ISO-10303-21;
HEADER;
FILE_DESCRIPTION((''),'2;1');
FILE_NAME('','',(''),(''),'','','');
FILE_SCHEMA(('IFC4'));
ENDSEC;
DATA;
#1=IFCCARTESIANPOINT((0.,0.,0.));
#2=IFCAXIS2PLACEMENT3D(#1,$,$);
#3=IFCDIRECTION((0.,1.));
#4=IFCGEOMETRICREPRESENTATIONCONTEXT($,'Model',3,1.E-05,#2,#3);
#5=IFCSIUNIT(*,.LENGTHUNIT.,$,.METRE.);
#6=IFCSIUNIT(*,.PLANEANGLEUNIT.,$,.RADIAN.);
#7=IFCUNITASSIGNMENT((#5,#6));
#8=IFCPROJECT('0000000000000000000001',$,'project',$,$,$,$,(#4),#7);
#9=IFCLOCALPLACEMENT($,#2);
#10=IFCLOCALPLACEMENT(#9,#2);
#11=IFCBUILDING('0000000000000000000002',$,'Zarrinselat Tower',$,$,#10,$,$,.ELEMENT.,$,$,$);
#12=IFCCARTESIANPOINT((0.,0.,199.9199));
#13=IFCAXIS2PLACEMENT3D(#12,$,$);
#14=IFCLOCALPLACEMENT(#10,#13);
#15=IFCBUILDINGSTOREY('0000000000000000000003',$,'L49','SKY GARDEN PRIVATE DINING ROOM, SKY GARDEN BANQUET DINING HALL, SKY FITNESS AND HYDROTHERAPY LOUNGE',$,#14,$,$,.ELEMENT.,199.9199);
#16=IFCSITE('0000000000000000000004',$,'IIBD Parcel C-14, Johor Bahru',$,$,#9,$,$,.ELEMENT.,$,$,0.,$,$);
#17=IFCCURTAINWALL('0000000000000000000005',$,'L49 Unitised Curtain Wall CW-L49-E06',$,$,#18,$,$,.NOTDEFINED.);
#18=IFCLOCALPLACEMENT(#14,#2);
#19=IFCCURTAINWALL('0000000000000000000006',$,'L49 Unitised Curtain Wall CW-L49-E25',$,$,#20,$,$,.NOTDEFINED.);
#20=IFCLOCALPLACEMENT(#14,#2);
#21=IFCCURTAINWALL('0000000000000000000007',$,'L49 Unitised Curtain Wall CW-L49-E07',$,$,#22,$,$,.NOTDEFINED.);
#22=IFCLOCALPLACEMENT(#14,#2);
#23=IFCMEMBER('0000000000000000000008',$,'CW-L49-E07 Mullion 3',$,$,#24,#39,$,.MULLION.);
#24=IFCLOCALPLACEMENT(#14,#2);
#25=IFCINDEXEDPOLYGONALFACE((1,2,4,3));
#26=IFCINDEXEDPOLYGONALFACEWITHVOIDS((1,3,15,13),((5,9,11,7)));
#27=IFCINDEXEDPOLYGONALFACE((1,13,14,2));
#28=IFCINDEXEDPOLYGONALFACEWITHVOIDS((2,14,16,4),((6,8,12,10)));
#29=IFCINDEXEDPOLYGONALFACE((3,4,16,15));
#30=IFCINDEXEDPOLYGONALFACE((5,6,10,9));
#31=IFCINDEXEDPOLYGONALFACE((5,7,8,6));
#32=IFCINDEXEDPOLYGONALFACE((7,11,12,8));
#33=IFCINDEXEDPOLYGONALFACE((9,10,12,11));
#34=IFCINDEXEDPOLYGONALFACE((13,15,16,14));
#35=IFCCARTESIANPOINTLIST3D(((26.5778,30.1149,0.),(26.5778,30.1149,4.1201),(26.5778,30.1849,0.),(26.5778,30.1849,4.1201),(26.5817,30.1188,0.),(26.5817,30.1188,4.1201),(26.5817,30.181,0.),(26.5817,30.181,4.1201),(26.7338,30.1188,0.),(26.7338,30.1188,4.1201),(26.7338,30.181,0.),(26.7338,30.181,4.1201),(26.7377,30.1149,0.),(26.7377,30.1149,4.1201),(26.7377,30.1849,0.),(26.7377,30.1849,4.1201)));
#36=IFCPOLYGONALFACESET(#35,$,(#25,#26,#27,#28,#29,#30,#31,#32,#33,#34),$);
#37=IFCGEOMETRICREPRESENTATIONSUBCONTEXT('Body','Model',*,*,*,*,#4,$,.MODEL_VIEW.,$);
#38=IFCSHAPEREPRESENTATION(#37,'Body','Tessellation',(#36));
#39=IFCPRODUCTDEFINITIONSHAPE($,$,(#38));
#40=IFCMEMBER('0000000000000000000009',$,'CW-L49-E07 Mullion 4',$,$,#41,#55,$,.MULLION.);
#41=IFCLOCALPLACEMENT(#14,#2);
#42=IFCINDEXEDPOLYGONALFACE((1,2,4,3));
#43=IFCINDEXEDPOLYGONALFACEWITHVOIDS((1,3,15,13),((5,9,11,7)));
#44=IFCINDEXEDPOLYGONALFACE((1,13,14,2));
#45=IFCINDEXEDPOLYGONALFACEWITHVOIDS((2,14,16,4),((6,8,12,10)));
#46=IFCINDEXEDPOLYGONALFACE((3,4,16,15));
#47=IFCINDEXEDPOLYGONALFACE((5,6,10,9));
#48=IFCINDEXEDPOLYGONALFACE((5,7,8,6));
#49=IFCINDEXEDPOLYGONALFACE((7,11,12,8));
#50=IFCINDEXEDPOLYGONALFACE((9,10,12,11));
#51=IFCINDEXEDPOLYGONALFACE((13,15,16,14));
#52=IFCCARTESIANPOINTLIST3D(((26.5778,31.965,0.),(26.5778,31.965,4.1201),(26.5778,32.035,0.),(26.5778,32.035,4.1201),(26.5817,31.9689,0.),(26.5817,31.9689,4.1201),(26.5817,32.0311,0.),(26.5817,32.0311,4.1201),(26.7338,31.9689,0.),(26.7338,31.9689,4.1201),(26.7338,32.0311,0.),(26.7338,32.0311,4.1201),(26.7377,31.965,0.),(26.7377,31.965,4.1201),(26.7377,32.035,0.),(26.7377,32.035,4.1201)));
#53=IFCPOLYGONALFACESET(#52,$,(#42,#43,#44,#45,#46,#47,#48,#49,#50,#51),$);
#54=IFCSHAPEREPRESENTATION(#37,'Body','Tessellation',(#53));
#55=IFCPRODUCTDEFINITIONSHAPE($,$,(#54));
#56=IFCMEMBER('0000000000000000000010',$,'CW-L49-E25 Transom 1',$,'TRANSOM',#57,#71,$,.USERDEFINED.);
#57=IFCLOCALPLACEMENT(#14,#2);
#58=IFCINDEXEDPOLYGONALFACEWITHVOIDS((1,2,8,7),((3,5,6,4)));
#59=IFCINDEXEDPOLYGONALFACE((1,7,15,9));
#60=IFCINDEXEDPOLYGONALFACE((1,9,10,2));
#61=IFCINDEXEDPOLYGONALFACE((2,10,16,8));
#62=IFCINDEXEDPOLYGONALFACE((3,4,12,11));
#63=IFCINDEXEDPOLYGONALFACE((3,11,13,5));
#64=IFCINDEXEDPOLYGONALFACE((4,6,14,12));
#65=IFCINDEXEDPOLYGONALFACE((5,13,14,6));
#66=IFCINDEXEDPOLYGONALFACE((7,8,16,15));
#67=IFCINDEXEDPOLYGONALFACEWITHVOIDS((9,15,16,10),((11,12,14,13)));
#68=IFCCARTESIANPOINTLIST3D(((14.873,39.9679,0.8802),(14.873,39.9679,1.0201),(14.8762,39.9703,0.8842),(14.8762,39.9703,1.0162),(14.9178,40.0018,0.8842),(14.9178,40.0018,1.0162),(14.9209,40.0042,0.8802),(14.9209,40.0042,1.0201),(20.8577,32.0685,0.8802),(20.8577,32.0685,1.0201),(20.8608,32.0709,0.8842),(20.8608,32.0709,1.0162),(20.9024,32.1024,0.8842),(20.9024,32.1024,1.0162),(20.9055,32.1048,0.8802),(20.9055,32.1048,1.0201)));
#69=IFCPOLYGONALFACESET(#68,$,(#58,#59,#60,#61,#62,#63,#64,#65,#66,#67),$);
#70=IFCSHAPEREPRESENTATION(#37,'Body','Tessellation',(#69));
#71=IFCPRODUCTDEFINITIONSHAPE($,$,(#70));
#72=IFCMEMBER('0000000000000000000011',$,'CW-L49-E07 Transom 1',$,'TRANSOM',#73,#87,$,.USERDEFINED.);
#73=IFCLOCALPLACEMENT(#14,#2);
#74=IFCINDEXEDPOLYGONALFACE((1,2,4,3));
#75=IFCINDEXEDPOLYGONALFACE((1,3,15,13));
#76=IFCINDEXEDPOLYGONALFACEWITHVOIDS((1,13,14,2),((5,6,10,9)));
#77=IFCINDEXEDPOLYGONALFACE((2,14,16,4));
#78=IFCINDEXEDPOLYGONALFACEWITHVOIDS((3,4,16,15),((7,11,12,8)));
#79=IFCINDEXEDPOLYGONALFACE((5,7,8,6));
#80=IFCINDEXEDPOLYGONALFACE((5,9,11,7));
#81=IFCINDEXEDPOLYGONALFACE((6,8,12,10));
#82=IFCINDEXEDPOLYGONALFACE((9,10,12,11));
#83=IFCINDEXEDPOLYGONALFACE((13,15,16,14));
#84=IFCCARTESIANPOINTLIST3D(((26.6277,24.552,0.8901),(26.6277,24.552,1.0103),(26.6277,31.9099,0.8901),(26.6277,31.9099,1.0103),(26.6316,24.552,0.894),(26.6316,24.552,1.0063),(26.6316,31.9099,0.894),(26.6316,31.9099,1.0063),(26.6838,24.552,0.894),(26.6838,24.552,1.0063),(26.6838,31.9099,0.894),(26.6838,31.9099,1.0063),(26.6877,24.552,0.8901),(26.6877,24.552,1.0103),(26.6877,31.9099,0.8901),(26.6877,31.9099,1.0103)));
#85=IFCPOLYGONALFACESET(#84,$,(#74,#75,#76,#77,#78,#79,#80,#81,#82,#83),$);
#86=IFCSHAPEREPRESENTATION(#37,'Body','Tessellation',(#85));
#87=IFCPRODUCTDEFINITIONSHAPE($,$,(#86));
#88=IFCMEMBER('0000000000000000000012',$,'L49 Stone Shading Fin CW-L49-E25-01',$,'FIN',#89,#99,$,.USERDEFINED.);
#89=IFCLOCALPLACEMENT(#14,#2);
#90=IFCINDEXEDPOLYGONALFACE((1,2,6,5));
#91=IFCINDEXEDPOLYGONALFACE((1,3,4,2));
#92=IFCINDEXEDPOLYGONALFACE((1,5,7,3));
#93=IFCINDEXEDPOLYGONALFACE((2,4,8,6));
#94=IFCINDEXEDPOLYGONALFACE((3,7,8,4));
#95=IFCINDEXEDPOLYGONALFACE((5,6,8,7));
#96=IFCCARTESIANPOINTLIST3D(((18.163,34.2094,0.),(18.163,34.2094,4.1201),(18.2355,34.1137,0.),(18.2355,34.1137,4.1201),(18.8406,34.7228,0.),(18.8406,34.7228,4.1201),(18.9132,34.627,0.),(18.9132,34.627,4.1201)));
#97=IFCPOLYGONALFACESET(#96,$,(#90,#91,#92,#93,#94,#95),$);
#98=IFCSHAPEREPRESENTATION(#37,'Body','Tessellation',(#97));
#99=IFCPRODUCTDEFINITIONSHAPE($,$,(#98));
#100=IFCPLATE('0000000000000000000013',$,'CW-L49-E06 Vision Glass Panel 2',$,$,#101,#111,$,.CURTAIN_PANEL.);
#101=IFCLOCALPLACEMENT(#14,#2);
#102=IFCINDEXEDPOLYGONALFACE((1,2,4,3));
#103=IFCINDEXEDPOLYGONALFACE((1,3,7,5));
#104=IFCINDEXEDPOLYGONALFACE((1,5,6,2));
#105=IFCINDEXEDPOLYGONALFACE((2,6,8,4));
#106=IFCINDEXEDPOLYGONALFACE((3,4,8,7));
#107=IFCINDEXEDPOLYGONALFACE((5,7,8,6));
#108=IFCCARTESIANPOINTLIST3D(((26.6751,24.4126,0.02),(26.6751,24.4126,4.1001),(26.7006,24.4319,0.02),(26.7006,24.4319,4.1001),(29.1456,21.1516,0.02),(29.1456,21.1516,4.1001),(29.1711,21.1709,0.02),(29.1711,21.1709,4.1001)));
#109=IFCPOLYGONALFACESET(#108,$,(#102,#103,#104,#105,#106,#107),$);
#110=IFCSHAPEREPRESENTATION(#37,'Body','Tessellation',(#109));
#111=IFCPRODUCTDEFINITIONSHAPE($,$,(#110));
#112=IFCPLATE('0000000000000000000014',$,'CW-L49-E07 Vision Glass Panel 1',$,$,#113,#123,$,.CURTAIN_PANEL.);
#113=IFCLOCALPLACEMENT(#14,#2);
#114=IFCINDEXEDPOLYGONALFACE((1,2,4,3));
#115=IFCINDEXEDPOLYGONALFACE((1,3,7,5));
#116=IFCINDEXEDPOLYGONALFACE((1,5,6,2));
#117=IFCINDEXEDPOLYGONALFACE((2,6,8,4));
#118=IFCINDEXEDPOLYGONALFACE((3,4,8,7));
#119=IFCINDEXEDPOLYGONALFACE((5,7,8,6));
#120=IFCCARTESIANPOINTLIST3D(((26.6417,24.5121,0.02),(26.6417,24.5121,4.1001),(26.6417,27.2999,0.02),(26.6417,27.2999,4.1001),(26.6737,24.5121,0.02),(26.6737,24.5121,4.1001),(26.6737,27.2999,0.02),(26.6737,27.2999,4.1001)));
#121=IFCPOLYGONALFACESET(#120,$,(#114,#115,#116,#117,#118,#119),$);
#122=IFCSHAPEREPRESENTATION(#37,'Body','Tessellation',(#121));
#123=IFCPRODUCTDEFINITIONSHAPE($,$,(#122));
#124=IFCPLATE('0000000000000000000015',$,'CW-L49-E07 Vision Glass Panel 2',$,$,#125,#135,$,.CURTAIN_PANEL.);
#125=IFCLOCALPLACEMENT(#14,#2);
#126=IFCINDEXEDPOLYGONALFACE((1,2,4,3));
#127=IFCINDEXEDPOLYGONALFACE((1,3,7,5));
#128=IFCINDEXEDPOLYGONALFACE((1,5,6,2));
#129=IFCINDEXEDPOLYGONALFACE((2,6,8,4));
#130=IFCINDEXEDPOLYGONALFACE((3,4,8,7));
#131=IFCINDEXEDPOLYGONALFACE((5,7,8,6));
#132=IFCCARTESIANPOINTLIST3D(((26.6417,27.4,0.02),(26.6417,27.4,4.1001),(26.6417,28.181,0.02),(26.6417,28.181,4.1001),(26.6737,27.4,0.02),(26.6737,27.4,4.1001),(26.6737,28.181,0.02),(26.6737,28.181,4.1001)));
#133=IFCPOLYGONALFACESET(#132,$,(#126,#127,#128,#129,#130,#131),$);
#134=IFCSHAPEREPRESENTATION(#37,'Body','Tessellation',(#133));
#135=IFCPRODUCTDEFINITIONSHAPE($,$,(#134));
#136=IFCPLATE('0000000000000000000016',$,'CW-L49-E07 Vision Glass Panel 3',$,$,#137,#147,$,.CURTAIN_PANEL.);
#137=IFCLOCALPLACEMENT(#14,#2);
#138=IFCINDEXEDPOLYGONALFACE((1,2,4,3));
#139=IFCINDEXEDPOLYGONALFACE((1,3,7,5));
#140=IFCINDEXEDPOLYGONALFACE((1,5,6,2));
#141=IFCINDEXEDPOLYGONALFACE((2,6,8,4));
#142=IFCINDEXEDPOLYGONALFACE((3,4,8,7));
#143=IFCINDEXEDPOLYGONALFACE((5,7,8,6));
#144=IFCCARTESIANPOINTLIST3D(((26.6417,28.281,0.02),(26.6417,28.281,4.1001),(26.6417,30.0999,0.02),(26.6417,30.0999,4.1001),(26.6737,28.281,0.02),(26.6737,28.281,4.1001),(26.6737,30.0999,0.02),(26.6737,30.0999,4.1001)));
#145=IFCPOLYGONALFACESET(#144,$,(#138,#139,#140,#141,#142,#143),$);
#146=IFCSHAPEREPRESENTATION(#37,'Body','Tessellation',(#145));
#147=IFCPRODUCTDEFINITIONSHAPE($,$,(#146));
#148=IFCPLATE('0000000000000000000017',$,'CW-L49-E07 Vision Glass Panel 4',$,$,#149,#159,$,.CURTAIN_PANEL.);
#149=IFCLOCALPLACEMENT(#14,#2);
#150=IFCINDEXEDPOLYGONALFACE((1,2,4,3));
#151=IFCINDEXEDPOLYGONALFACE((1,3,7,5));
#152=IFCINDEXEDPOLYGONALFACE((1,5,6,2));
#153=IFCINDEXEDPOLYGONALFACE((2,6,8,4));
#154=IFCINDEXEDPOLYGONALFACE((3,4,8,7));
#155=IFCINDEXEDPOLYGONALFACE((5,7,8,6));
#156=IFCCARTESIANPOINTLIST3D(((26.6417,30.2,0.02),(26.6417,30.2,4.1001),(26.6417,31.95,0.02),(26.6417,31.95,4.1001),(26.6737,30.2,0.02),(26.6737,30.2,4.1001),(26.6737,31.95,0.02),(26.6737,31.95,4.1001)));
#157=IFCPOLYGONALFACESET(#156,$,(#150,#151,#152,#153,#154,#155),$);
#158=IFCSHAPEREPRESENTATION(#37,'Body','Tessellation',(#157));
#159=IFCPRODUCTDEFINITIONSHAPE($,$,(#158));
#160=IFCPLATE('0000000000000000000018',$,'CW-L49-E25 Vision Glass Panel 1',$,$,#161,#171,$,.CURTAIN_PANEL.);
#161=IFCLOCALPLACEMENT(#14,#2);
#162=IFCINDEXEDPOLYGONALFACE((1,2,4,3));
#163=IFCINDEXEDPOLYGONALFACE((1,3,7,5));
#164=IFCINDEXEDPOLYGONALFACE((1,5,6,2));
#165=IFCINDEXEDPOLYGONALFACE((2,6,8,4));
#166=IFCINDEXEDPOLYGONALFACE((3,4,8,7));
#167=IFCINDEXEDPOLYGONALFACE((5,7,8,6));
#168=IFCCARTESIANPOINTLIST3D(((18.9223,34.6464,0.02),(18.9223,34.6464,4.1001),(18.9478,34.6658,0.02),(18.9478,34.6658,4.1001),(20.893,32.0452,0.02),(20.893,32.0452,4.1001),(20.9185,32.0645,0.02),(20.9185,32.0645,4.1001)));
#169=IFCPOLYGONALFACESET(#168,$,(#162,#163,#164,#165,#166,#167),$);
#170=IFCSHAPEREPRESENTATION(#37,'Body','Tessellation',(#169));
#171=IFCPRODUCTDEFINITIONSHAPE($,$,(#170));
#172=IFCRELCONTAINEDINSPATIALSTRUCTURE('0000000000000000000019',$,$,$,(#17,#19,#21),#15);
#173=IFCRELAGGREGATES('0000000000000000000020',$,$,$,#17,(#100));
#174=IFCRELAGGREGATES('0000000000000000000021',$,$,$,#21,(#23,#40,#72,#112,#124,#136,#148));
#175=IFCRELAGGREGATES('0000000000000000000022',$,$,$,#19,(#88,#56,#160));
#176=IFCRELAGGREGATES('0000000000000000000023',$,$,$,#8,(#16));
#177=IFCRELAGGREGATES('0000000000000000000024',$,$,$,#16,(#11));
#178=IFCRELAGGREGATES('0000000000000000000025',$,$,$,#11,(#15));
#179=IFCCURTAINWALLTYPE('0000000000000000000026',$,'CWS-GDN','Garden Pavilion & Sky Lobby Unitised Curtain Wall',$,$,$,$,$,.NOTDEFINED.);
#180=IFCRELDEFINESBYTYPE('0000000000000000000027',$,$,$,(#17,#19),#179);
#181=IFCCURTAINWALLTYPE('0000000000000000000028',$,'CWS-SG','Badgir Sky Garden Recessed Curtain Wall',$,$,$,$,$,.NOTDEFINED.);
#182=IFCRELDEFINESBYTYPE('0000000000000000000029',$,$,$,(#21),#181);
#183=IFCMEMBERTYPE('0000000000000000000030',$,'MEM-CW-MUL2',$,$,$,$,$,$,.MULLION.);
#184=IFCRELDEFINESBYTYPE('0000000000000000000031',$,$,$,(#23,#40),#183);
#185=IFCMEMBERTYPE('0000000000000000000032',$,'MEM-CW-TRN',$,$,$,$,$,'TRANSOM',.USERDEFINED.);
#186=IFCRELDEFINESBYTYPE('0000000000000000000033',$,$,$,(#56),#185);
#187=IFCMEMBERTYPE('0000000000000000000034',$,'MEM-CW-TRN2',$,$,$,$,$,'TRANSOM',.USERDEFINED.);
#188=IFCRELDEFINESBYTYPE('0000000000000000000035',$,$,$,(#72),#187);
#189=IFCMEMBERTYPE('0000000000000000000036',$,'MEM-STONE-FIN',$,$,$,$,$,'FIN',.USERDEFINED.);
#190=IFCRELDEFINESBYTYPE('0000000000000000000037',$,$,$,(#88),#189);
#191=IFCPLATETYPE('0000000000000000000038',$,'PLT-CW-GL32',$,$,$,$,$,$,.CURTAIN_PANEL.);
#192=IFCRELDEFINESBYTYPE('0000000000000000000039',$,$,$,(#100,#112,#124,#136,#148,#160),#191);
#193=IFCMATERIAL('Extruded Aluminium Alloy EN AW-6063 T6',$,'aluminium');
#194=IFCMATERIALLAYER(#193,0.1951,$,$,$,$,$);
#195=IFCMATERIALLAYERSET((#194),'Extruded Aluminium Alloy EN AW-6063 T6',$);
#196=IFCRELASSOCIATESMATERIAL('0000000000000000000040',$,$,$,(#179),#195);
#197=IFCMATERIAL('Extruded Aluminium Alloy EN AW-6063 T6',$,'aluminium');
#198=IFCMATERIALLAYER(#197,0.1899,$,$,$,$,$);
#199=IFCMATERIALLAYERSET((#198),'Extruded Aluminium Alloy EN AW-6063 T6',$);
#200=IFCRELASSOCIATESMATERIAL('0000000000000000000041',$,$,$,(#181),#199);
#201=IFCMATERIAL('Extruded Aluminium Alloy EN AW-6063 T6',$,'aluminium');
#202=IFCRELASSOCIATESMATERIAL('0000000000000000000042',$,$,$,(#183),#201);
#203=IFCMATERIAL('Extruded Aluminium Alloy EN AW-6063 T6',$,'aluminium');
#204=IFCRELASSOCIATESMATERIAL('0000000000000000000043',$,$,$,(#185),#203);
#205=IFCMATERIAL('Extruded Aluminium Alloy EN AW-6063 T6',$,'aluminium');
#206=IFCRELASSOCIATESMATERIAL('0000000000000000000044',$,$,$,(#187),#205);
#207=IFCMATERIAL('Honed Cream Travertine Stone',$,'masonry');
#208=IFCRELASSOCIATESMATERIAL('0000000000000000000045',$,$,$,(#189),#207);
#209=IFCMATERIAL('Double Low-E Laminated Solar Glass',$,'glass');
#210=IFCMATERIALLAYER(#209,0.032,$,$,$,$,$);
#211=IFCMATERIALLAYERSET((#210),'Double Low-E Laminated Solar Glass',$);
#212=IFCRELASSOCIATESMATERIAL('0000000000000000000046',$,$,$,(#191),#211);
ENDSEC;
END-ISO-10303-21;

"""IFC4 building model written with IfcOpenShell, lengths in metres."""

from ifc_helpers import new_model, si_unit, direction, frame, origin, origin_2d, place, context, subcontext, project, spatial, rectangle, hollow_rectangle, extrude, material, layer, layer_set, material_profile, profile_set, type_object, element, aggregate, save


model = new_model("IFC4")

# Units and contexts
model_context = context("Model", 3, precision=1e-05, world=origin(), true_north=direction((0.0, 1.0)))
body_context = subcontext(model_context, "Body", "Model", "MODEL_VIEW")
ifc_project = project(units=[si_unit("LENGTHUNIT", "METRE"), si_unit("PLANEANGLEUNIT", "RADIAN")], contexts=[model_context])

# Site, building, storey
site_placement = place(None, origin())
site = spatial("IfcSite", under=ifc_project, at=site_placement, Name="IIBD Parcel C-14, Johor Bahru", CompositionType="ELEMENT", RefElevation=0.0)
building_placement = place(site_placement, origin())
building = spatial("IfcBuilding", under=site, at=building_placement, Name="Zarrinselat Tower", CompositionType="ELEMENT")
storey_placement = place(building_placement, frame((0.0, 0.0, 199.9199)))
storey = spatial("IfcBuildingStorey", under=building, at=storey_placement, Name="L49", Description="SKY GARDEN PRIVATE DINING ROOM, SKY GARDEN BANQUET DINING HALL, SKY FITNESS AND HYDROTHERAPY LOUNGE", CompositionType="ELEMENT", Elevation=199.9199)

# Curtain walls
ifc_material_1 = material(Name="Extruded Aluminium Alloy EN AW-6063 T6", Category="aluminium")
ifc_layer_1 = layer(ifc_material_1, 0.1951)
ifc_layer_set_1 = layer_set([ifc_layer_1], Name="Extruded Aluminium Alloy EN AW-6063 T6")
curtain_wall_type_1 = type_object("IfcCurtainWallType", Name="CWS-GDN", Description="Garden Pavilion & Sky Lobby Unitised Curtain Wall", PredefinedType="NOTDEFINED", material=ifc_layer_set_1)
curtain_wall_1_placement = place(storey_placement, origin())
curtain_wall_1 = element("IfcCurtainWall", 1, at=curtain_wall_1_placement, inside=storey, type_object=curtain_wall_type_1, Name="L49 Unitised Curtain Wall CW-L49-E06", PredefinedType="NOTDEFINED")
curtain_wall_2_placement = place(storey_placement, origin())
curtain_wall_2 = element("IfcCurtainWall", 2, at=curtain_wall_2_placement, inside=storey, type_object=curtain_wall_type_1, Name="L49 Unitised Curtain Wall CW-L49-E25", PredefinedType="NOTDEFINED")

# Curtain wall, members
ifc_material_2 = material(Name="Extruded Aluminium Alloy EN AW-6063 T6", Category="aluminium")
ifc_layer_2 = layer(ifc_material_2, 0.1899)
ifc_layer_set_2 = layer_set([ifc_layer_2], Name="Extruded Aluminium Alloy EN AW-6063 T6")
curtain_wall_type_2 = type_object("IfcCurtainWallType", Name="CWS-SG", Description="Badgir Sky Garden Recessed Curtain Wall", PredefinedType="NOTDEFINED", material=ifc_layer_set_2)
curtain_wall_3_placement = place(storey_placement, origin())
curtain_wall_3 = element("IfcCurtainWall", 3, at=curtain_wall_3_placement, inside=storey, type_object=curtain_wall_type_2, Name="L49 Unitised Curtain Wall CW-L49-E07", PredefinedType="NOTDEFINED")
ifc_material_3 = material(Name="Extruded Aluminium Alloy EN AW-6063 T6", Category="aluminium")
ifc_material_profile_1 = material_profile(ifc_material_3, hollow_rectangle(XDim=0.0701, YDim=0.1599, WallThickness=0.0039, at=origin_2d()), Name="RHS 160x70x4")
ifc_profile_set_1 = profile_set([ifc_material_profile_1], Name="Extruded Aluminium Alloy EN AW-6063 T6")
member_type_1 = type_object("IfcMemberType", Name="MEM-CW-MUL2", PredefinedType="MULLION", material=ifc_profile_set_1)
member_1_placement = place(storey_placement, frame((26.6577, 30.1499, 0.0), z_axis=(0.0, 0.0, 1.0), x_axis=(0.0, 1.0, 0.0)))
member_1 = element("IfcMember", 4, at=member_1_placement, type_object=member_type_1, Name="CW-L49-E07 Mullion 3", PredefinedType="MULLION", context=body_context, shape_type="SweptSolid", body=[
    extrude(hollow_rectangle(XDim=0.0701, YDim=0.1599, WallThickness=0.0039, at=origin_2d()), origin(), (0.0, 0.0, 1.0), 4.1201),
])
member_2_placement = place(storey_placement, frame((26.6577, 32.0, 0.0), z_axis=(0.0, 0.0, 1.0), x_axis=(0.0, 1.0, 0.0)))
member_2 = element("IfcMember", 5, at=member_2_placement, type_object=member_type_1, Name="CW-L49-E07 Mullion 4", PredefinedType="MULLION", context=body_context, shape_type="SweptSolid", body=[
    extrude(hollow_rectangle(XDim=0.0701, YDim=0.1599, WallThickness=0.0039, at=origin_2d()), origin(), (0.0, 0.0, 1.0), 4.1201),
])

# Members
ifc_material_4 = material(Name="Extruded Aluminium Alloy EN AW-6063 T6", Category="aluminium")
ifc_material_profile_2 = material_profile(ifc_material_4, hollow_rectangle(XDim=0.0601, YDim=0.1399, WallThickness=0.0039, at=origin_2d()), Name="RHS 140x60x4")
ifc_profile_set_2 = profile_set([ifc_material_profile_2], Name="Extruded Aluminium Alloy EN AW-6063 T6")
member_type_2 = type_object("IfcMemberType", Name="MEM-CW-TRN", ElementType="TRANSOM", PredefinedType="USERDEFINED", material=ifc_profile_set_2)
member_3_placement = place(storey_placement, frame((20.8816, 32.0867, 0.9502), z_axis=(-0.603871, 0.797082, 0.0), x_axis=(-0.797082, -0.603871, 0.0)))
member_3 = element("IfcMember", 6, at=member_3_placement, type_object=member_type_2, Name="CW-L49-E25 Transom 1", ObjectType="TRANSOM", PredefinedType="USERDEFINED", context=body_context, shape_type="SweptSolid", body=[
    extrude(hollow_rectangle(XDim=0.0601, YDim=0.1399, WallThickness=0.0039, at=origin_2d()), origin(), (0.0, 0.0, 1.0), 9.9104),
])
ifc_material_5 = material(Name="Extruded Aluminium Alloy EN AW-6063 T6", Category="aluminium")
ifc_material_profile_3 = material_profile(ifc_material_5, hollow_rectangle(XDim=0.0601, YDim=0.1201, WallThickness=0.0039, at=origin_2d()), Name="RHS 120x60x4")
ifc_profile_set_3 = profile_set([ifc_material_profile_3], Name="Extruded Aluminium Alloy EN AW-6063 T6")
member_type_3 = type_object("IfcMemberType", Name="MEM-CW-TRN2", ElementType="TRANSOM", PredefinedType="USERDEFINED", material=ifc_profile_set_3)
member_4_placement = place(storey_placement, frame((26.6577, 24.552, 0.9502), z_axis=(0.0, 1.0, 0.0), x_axis=(-1.0, 0.0, 0.0)))
member_4 = element("IfcMember", 7, at=member_4_placement, type_object=member_type_3, Name="CW-L49-E07 Transom 1", ObjectType="TRANSOM", PredefinedType="USERDEFINED", context=body_context, shape_type="SweptSolid", body=[
    extrude(hollow_rectangle(XDim=0.0601, YDim=0.1201, WallThickness=0.0039, at=origin_2d()), origin(), (0.0, 0.0, 1.0), 7.3579),
])
ifc_material_6 = material(Name="Honed Cream Travertine Stone", Category="masonry")
ifc_material_profile_4 = material_profile(ifc_material_6, rectangle(XDim=0.1201, YDim=0.8501, at=origin_2d()), Name="FIN 850x120")
ifc_profile_set_4 = profile_set([ifc_material_profile_4], Name="Honed Cream Travertine Stone")
member_type_4 = type_object("IfcMemberType", Name="MEM-STONE-FIN", ElementType="FIN", PredefinedType="USERDEFINED", material=ifc_profile_set_4)
member_5_placement = place(storey_placement, frame((18.5381, 34.4182, 0.0), z_axis=(0.0, 0.0, 1.0), x_axis=(-0.603858, 0.797092, 0.0)))
member_5 = element("IfcMember", 8, at=member_5_placement, type_object=member_type_4, Name="L49 Stone Shading Fin CW-L49-E25-01", ObjectType="FIN", PredefinedType="USERDEFINED", context=body_context, shape_type="SweptSolid", body=[
    extrude(rectangle(XDim=0.1201, YDim=0.8501, at=origin_2d()), origin(), (0.0, 0.0, 1.0), 4.1201),
])

# Plates
ifc_material_7 = material(Name="Double Low-E Laminated Solar Glass", Category="glass")
ifc_layer_3 = layer(ifc_material_7, 0.032)
ifc_layer_set_3 = layer_set([ifc_layer_3], Name="Double Low-E Laminated Solar Glass")
plate_type = type_object("IfcPlateType", Name="PLT-CW-GL32", PredefinedType="CURTAIN_PANEL", material=ifc_layer_set_3)
plate_1_placement = place(storey_placement, frame((27.9231, 22.7917, 0.02), z_axis=(0.0, 0.0, 1.0), x_axis=(-0.603858, 0.797092, 0.0)))
plate_1 = element("IfcPlate", 9, at=plate_1_placement, type_object=plate_type, Name="CW-L49-E06 Vision Glass Panel 2", PredefinedType="CURTAIN_PANEL", context=body_context, shape_type="SweptSolid", body=[
    extrude(rectangle(XDim=4.0911, YDim=0.032, at=origin_2d()), origin(), (0.0, 0.0, 1.0), 4.0801),
])
aggregate(curtain_wall_1, [plate_1])
plate_2_placement = place(storey_placement, frame((26.6577, 25.906, 0.02), z_axis=(0.0, 0.0, 1.0), x_axis=(0.0, 1.0, 0.0)))
plate_2 = element("IfcPlate", 10, at=plate_2_placement, type_object=plate_type, Name="CW-L49-E07 Vision Glass Panel 1", PredefinedType="CURTAIN_PANEL", context=body_context, shape_type="SweptSolid", body=[
    extrude(rectangle(XDim=2.7878, YDim=0.032, at=origin_2d()), origin(), (0.0, 0.0, 1.0), 4.0801),
])
plate_3_placement = place(storey_placement, frame((26.6577, 27.7905, 0.02), z_axis=(0.0, 0.0, 1.0), x_axis=(0.0, 1.0, 0.0)))
plate_3 = element("IfcPlate", 11, at=plate_3_placement, type_object=plate_type, Name="CW-L49-E07 Vision Glass Panel 2", PredefinedType="CURTAIN_PANEL", context=body_context, shape_type="SweptSolid", body=[
    extrude(rectangle(XDim=0.781, YDim=0.032, at=origin_2d()), origin(), (0.0, 0.0, 1.0), 4.0801),
])
plate_4_placement = place(storey_placement, frame((26.6577, 29.1904, 0.02), z_axis=(0.0, 0.0, 1.0), x_axis=(0.0, 1.0, 0.0)))
plate_4 = element("IfcPlate", 12, at=plate_4_placement, type_object=plate_type, Name="CW-L49-E07 Vision Glass Panel 3", PredefinedType="CURTAIN_PANEL", context=body_context, shape_type="SweptSolid", body=[
    extrude(rectangle(XDim=1.8188, YDim=0.032, at=origin_2d()), origin(), (0.0, 0.0, 1.0), 4.0801),
])
plate_5_placement = place(storey_placement, frame((26.6577, 31.075, 0.02), z_axis=(0.0, 0.0, 1.0), x_axis=(0.0, 1.0, 0.0)))
plate_5 = element("IfcPlate", 13, at=plate_5_placement, type_object=plate_type, Name="CW-L49-E07 Vision Glass Panel 4", PredefinedType="CURTAIN_PANEL", context=body_context, shape_type="SweptSolid", body=[
    extrude(rectangle(XDim=1.75, YDim=0.032, at=origin_2d()), origin(), (0.0, 0.0, 1.0), 4.0801),
])
aggregate(curtain_wall_3, [member_1, member_2, member_4, plate_2, plate_3, plate_4, plate_5])
plate_6_placement = place(storey_placement, frame((19.9204, 33.3555, 0.02), z_axis=(0.0, 0.0, 1.0), x_axis=(-0.603858, 0.797092, 0.0)))
plate_6 = element("IfcPlate", 14, at=plate_6_placement, type_object=plate_type, Name="CW-L49-E25 Vision Glass Panel 1", PredefinedType="CURTAIN_PANEL", context=body_context, shape_type="SweptSolid", body=[
    extrude(rectangle(XDim=3.2634, YDim=0.032, at=origin_2d()), origin(), (0.0, 0.0, 1.0), 4.0801),
])
aggregate(curtain_wall_2, [member_5, member_3, plate_6])

save(model, "model.ifc")
